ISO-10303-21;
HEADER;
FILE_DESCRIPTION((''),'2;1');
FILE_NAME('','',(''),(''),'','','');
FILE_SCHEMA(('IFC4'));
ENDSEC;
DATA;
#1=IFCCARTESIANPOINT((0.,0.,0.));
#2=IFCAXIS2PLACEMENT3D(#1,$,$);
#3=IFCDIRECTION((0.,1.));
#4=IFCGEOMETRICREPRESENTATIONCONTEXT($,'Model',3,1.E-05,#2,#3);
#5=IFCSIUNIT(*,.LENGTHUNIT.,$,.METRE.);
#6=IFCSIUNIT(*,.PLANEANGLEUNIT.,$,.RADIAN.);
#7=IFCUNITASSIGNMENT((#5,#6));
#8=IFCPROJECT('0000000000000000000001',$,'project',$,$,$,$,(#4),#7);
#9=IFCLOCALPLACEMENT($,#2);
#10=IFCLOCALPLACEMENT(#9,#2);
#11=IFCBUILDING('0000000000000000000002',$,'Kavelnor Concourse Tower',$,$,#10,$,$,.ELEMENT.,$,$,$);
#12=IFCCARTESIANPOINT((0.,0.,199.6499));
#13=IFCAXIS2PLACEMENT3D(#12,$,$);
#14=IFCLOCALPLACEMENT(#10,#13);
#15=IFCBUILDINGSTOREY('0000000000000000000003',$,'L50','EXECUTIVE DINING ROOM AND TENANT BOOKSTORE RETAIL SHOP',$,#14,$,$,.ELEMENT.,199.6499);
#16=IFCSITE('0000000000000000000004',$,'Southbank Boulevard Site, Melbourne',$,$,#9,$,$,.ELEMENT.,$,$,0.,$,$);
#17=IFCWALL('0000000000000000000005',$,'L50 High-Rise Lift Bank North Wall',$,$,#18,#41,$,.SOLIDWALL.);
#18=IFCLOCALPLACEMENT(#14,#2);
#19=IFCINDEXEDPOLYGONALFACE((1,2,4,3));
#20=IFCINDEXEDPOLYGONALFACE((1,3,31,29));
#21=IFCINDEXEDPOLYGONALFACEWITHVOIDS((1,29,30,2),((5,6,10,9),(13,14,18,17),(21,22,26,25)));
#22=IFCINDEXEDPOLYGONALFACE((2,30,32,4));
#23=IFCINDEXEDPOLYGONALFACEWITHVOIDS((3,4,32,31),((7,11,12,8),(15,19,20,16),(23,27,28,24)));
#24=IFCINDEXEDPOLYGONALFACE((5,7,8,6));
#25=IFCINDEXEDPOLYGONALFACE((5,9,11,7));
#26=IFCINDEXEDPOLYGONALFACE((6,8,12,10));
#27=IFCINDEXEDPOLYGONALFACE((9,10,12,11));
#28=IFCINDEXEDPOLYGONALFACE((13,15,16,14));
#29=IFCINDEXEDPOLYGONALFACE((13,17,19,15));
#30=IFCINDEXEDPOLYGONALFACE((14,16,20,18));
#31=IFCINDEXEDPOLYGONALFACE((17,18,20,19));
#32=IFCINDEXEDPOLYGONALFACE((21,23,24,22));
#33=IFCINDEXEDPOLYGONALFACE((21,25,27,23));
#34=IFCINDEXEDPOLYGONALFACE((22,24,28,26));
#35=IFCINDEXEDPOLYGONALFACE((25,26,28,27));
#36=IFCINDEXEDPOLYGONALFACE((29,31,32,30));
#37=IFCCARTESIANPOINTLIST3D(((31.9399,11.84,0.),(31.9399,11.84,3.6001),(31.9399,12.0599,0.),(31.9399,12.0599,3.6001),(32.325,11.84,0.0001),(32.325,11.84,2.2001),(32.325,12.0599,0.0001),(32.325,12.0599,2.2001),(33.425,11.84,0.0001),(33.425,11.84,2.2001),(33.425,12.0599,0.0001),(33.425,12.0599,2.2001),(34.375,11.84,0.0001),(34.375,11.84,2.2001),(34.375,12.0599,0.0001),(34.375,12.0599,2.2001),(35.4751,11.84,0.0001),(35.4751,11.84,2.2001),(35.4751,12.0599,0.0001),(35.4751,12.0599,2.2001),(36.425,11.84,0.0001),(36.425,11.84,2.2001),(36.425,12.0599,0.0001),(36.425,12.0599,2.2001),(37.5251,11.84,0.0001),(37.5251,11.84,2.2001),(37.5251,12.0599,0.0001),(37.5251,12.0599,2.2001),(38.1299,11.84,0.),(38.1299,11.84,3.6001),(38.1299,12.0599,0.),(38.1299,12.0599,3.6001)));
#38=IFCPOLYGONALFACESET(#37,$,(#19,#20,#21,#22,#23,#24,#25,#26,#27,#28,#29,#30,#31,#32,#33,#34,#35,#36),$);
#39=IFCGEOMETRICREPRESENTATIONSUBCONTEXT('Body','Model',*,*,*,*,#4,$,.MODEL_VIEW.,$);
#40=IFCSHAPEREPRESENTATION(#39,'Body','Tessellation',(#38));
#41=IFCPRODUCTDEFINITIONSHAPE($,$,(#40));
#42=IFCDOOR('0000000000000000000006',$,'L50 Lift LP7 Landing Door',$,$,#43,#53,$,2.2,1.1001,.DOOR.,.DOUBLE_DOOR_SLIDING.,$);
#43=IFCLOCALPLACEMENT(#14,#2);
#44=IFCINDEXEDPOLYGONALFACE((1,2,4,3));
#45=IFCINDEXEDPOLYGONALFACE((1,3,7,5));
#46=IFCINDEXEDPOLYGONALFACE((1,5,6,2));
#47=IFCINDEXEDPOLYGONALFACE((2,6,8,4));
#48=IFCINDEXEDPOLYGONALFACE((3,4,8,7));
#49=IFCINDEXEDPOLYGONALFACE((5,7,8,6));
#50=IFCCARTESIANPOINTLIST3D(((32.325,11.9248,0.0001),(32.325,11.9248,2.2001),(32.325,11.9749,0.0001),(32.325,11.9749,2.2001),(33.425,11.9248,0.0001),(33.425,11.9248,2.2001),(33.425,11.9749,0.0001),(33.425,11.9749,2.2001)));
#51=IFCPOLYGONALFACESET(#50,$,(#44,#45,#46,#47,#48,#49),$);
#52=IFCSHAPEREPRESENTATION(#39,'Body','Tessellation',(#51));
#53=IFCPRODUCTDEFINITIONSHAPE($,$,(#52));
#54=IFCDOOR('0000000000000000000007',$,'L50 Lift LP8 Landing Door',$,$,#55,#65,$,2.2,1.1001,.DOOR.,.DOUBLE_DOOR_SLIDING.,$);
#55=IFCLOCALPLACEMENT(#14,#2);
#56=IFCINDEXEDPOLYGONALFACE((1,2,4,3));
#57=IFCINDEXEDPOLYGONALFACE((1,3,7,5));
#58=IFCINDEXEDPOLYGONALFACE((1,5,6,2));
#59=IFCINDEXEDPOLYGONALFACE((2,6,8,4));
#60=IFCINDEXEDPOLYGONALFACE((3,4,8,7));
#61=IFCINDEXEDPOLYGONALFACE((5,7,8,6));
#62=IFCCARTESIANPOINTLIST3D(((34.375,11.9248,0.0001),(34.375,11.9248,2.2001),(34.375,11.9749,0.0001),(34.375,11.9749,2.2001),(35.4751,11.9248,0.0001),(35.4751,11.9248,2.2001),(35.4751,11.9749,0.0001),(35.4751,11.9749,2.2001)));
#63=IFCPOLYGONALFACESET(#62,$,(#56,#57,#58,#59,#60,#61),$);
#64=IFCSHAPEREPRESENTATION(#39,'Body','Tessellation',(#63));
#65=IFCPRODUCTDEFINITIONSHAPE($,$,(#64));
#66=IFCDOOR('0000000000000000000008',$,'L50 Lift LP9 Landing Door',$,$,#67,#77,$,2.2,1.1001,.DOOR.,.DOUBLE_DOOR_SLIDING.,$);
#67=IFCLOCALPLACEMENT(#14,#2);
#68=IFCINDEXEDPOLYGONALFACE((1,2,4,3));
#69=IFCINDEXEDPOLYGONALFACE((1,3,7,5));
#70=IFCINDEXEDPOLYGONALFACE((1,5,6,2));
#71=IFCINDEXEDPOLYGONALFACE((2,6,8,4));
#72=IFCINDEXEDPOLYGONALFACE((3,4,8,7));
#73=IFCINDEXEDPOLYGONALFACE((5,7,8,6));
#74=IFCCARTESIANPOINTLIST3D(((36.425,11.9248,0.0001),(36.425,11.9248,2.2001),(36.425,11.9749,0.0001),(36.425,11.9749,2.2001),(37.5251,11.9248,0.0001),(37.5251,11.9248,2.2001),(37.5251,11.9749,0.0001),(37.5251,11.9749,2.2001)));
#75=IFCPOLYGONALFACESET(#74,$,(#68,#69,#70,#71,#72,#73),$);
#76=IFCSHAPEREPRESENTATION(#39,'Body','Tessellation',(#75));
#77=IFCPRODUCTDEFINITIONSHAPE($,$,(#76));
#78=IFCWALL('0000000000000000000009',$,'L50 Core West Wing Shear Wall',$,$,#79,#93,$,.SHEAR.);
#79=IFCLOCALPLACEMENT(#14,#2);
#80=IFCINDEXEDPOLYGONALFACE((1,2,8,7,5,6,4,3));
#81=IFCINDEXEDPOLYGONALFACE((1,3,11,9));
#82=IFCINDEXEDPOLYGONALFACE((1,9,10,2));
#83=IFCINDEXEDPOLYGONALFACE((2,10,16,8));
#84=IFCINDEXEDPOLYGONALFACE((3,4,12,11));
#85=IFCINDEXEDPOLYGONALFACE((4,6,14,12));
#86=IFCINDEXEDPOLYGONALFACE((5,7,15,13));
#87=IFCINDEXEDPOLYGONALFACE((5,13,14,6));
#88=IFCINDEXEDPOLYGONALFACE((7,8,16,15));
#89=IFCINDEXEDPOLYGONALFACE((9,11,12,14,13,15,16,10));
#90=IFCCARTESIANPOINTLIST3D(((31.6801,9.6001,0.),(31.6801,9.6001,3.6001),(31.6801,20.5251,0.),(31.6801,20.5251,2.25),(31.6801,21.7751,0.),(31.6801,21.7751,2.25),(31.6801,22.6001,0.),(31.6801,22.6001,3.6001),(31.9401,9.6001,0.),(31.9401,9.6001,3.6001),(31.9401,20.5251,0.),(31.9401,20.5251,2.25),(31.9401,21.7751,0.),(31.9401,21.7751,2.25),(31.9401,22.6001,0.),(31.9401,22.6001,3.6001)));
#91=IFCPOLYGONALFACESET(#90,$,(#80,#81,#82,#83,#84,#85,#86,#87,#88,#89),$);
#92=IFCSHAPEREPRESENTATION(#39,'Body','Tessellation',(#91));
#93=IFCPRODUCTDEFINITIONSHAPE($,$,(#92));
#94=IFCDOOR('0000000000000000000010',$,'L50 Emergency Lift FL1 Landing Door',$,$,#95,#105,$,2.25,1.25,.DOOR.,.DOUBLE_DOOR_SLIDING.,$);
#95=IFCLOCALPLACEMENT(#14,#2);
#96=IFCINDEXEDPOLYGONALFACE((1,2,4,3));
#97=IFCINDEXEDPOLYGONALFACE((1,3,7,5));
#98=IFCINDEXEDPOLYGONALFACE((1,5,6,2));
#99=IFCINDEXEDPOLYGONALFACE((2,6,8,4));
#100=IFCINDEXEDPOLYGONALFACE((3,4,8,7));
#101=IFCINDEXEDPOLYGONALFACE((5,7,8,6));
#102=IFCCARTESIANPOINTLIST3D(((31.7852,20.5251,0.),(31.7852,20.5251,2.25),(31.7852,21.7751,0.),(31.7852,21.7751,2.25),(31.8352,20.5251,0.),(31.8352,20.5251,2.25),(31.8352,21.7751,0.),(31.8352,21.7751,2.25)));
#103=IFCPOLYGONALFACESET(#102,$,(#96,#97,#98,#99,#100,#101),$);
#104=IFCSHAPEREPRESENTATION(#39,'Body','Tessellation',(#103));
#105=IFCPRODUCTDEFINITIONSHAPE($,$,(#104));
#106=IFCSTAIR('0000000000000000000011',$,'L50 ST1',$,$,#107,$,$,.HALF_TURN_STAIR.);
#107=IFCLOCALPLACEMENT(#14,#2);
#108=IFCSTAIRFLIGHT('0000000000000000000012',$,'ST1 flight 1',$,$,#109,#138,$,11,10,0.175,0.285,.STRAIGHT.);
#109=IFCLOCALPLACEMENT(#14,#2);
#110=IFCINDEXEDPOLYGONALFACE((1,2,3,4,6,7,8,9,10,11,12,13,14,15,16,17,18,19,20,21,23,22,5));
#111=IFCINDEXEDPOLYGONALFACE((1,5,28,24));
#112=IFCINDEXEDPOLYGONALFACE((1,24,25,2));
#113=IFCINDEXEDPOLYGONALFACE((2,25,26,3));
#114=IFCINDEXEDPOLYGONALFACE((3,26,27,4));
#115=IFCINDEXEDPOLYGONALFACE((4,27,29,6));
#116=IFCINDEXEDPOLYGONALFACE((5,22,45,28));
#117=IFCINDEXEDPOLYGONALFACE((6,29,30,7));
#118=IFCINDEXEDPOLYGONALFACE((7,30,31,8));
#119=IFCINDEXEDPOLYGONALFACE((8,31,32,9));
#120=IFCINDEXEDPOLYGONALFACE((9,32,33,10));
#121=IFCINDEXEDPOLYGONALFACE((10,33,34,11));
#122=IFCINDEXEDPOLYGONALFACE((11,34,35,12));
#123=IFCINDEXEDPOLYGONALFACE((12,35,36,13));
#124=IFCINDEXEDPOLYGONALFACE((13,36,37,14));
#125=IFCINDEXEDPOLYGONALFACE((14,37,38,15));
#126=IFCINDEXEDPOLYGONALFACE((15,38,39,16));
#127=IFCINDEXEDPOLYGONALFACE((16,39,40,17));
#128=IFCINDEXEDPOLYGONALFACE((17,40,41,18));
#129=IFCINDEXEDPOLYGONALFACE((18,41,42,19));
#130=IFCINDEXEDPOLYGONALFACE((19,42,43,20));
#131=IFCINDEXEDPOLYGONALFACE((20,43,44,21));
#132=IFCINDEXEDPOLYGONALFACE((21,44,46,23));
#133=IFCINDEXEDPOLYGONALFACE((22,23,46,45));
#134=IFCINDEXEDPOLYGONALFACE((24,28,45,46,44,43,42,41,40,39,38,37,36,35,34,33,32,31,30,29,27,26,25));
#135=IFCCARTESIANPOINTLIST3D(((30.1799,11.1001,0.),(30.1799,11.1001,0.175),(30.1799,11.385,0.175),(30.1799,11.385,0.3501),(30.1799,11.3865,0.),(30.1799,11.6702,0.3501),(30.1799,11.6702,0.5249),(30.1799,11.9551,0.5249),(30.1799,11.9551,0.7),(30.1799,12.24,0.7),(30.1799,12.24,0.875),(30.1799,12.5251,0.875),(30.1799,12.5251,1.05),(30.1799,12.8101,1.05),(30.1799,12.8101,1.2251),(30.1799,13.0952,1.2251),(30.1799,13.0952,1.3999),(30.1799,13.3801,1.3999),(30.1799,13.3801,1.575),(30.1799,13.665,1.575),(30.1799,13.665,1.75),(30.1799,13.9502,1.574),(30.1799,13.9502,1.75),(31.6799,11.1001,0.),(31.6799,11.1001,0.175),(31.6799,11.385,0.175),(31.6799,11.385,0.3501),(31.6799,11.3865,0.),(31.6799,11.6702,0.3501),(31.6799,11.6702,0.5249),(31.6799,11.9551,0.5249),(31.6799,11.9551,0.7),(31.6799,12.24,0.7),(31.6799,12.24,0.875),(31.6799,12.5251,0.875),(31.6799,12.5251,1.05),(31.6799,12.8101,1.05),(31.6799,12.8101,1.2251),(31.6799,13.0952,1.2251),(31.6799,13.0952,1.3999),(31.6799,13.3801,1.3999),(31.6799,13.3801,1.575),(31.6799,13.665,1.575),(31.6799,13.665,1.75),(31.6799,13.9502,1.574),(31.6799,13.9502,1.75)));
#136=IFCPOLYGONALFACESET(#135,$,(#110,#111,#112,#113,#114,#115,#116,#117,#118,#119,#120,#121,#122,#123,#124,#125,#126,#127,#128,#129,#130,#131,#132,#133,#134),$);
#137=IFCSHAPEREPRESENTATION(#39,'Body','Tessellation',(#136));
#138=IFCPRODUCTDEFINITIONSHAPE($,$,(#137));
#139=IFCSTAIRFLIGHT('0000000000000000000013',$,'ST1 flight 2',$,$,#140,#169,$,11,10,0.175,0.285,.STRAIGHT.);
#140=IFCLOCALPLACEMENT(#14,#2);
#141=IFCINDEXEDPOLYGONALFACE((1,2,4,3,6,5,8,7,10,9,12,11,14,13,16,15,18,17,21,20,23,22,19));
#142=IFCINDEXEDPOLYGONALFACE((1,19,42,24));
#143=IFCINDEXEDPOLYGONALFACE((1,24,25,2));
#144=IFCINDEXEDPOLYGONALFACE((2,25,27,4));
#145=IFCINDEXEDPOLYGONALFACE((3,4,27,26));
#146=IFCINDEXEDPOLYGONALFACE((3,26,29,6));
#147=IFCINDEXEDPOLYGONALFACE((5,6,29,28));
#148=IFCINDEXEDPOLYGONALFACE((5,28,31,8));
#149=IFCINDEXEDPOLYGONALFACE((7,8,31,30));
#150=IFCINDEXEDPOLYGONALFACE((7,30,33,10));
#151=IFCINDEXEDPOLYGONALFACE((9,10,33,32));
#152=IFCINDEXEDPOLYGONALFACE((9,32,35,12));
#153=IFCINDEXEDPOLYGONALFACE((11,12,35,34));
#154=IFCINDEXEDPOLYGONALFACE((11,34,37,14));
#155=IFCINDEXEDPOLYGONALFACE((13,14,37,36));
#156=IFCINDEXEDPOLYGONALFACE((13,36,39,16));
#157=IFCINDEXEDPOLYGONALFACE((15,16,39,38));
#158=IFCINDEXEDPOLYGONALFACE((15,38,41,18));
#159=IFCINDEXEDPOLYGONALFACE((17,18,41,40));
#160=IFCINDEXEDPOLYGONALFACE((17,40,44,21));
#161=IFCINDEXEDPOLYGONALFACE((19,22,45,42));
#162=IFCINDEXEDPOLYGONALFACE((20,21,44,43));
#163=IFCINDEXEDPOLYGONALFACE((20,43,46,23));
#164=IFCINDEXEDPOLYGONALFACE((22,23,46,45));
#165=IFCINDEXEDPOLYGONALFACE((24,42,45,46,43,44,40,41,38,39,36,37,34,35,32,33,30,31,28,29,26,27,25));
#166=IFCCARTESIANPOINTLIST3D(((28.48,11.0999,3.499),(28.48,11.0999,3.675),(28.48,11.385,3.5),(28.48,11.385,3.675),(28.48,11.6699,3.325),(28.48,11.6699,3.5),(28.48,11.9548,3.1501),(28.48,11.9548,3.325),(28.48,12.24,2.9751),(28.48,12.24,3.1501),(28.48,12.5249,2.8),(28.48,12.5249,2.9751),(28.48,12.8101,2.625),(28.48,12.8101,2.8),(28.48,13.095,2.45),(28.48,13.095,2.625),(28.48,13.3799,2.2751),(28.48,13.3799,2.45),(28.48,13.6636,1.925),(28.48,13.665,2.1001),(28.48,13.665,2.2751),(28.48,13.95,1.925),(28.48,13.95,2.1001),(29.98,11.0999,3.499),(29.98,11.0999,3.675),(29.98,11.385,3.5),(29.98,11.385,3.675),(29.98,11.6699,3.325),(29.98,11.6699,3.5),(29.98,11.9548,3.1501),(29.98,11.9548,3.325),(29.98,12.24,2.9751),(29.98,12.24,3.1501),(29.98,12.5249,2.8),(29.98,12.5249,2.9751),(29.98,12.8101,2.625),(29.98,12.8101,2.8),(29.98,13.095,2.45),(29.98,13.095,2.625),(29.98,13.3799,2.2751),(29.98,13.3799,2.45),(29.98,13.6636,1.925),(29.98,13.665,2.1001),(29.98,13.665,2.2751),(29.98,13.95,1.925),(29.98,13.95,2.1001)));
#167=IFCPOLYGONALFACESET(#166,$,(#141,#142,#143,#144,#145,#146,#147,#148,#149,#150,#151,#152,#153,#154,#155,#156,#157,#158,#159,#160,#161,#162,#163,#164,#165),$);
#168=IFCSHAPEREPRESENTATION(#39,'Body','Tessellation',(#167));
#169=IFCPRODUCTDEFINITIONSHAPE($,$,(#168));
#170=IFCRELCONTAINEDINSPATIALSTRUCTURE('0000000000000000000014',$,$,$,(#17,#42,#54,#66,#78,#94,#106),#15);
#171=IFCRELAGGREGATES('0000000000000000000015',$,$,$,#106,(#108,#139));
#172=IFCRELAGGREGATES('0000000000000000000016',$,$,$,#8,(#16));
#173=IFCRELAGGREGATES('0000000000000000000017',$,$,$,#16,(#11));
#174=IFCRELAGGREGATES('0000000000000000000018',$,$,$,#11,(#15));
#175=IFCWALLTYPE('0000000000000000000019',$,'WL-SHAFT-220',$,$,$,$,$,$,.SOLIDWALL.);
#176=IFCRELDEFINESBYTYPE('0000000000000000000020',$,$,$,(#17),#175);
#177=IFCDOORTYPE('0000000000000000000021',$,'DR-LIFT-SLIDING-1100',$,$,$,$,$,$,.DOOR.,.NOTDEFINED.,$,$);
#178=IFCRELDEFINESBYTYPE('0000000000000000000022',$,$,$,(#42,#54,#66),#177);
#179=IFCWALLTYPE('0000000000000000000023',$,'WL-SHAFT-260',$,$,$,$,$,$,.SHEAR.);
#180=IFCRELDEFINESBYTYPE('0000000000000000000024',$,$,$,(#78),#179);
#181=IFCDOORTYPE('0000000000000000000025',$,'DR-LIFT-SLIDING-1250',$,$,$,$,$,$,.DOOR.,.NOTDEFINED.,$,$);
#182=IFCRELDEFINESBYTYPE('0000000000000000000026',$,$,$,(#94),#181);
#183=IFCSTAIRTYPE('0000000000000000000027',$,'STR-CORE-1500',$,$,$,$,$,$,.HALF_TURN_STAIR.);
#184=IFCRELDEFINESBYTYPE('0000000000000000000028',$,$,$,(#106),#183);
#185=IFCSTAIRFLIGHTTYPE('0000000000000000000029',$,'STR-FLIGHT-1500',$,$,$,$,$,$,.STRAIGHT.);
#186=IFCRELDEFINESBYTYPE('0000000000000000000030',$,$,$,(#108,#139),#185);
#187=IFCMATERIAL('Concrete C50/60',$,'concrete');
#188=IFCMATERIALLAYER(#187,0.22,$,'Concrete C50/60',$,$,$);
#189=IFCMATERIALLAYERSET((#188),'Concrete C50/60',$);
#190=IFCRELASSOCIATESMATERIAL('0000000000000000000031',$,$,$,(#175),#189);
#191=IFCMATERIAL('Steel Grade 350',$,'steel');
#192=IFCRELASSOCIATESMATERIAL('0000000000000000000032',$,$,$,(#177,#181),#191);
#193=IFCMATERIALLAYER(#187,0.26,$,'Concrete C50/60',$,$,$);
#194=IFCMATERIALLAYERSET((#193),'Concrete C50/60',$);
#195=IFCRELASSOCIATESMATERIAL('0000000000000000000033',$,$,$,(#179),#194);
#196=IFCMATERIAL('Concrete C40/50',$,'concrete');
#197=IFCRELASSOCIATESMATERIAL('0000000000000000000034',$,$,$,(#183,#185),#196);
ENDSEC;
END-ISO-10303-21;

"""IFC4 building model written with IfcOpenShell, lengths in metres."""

from ifc_helpers import new_model, si_unit, direction, frame, frame_2d, origin, place, context, subcontext, project, spatial, polyline, rectangle, outline, extrude, material, layer, layer_set, type_object, element, fill, aggregate, save


model = new_model("IFC4")

# Units and contexts
model_context = context("Model", 3, precision=1e-05, world=origin(), true_north=direction((0.0, 1.0)))
body_context = subcontext(model_context, "Body", "Model", "MODEL_VIEW")
ifc_project = project(units=[si_unit("LENGTHUNIT", "METRE"), si_unit("PLANEANGLEUNIT", "RADIAN")], contexts=[model_context])

# Site, building, storey
site_placement = place(None, origin())
site = spatial("IfcSite", under=ifc_project, at=site_placement, Name="Southbank Boulevard Site, Melbourne", CompositionType="ELEMENT", RefElevation=0.0)
building_placement = place(site_placement, origin())
building = spatial("IfcBuilding", under=site, at=building_placement, Name="Kavelnor Concourse Tower", CompositionType="ELEMENT")
storey_placement = place(building_placement, frame((0.0, 0.0, 199.6499)))
storey = spatial("IfcBuildingStorey", under=building, at=storey_placement, Name="L50", Description="EXECUTIVE DINING ROOM AND TENANT BOOKSTORE RETAIL SHOP", CompositionType="ELEMENT", Elevation=199.6499)

# Shared definitions
ifc_material_1 = material(Name="Steel Grade 350", Category="steel")

# Shared definitions
ifc_material_2 = material(Name="Concrete C50/60", Category="concrete")
ifc_layer_1 = layer(ifc_material_2, 0.22, Name="Concrete C50/60")
ifc_layer_set_1 = layer_set([ifc_layer_1], Name="Concrete C50/60")
wall_type_1 = type_object("IfcWallType", Name="WL-SHAFT-220", PredefinedType="SOLIDWALL", material=ifc_layer_set_1)

# Wall, openings, doors
wall_1_placement = place(storey_placement, frame((31.9399, 11.95, 0.0), z_axis=(0.0, 0.0, 1.0), x_axis=(1.0, 0.0, 0.0)))
wall_1 = element("IfcWall", 1, at=wall_1_placement, inside=storey, type_object=wall_type_1, Name="L50 High-Rise Lift Bank North Wall", PredefinedType="SOLIDWALL", context=body_context, shape_type="SweptSolid", body=[
    extrude(rectangle(XDim=6.1899, YDim=0.22, at=frame_2d((3.095, 0.0))), origin(), (0.0, 0.0, 1.0), 3.6001),
])
opening_1_placement = place(wall_1_placement, frame((0.385, 0.0, 0.0)))
opening_1 = element("IfcOpeningElement", 2, at=opening_1_placement, cuts=wall_1, PredefinedType="OPENING", context=body_context, shape_type="SweptSolid", body=[
    extrude(rectangle(XDim=1.1001, YDim=2.2, at=frame_2d((0.55, 1.1001))), frame((0.0, 0.1201, 0.0), z_axis=(0.0, -1.0, 0.0), x_axis=(1.0, 0.0, 0.0)), (0.0, 0.0, 1.0), 0.24),
])
opening_2_placement = place(wall_1_placement, frame((2.4351, 0.0, 0.0)))
opening_2 = element("IfcOpeningElement", 3, at=opening_2_placement, cuts=wall_1, PredefinedType="OPENING", context=body_context, shape_type="SweptSolid", body=[
    extrude(rectangle(XDim=1.1001, YDim=2.2, at=frame_2d((0.55, 1.1001))), frame((0.0, 0.1201, 0.0), z_axis=(0.0, -1.0, 0.0), x_axis=(1.0, 0.0, 0.0)), (0.0, 0.0, 1.0), 0.24),
])
opening_3_placement = place(wall_1_placement, frame((4.4851, 0.0, 0.0)))
opening_3 = element("IfcOpeningElement", 4, at=opening_3_placement, cuts=wall_1, PredefinedType="OPENING", context=body_context, shape_type="SweptSolid", body=[
    extrude(rectangle(XDim=1.1001, YDim=2.2, at=frame_2d((0.55, 1.1001))), frame((0.0, 0.1201, 0.0), z_axis=(0.0, -1.0, 0.0), x_axis=(1.0, 0.0, 0.0)), (0.0, 0.0, 1.0), 0.24),
])
door_type_1 = type_object("IfcDoorType", Name="DR-LIFT-SLIDING-1100", OperationType="NOTDEFINED", PredefinedType="DOOR", material=ifc_material_1)
door_1_placement = place(opening_1_placement, origin())
door_1 = element("IfcDoor", 5, at=door_1_placement, inside=storey, type_object=door_type_1, Name="L50 Lift LP7 Landing Door", OperationType="DOUBLE_DOOR_SLIDING", OverallHeight=2.2, OverallWidth=1.1001, PredefinedType="DOOR", context=body_context, shape_type="SweptSolid", body=[
    extrude(rectangle(XDim=1.1001, YDim=2.2, at=frame_2d((0.55, 1.1001))), frame((0.0, 0.0249, 0.0), z_axis=(0.0, -1.0, 0.0), x_axis=(1.0, 0.0, 0.0)), (0.0, 0.0, 1.0), 0.05),
])
fill(opening_1, door_1)
door_2_placement = place(opening_2_placement, origin())
door_2 = element("IfcDoor", 6, at=door_2_placement, inside=storey, type_object=door_type_1, Name="L50 Lift LP8 Landing Door", OperationType="DOUBLE_DOOR_SLIDING", OverallHeight=2.2, OverallWidth=1.1001, PredefinedType="DOOR", context=body_context, shape_type="SweptSolid", body=[
    extrude(rectangle(XDim=1.1001, YDim=2.2, at=frame_2d((0.55, 1.1001))), frame((0.0, 0.0249, 0.0), z_axis=(0.0, -1.0, 0.0), x_axis=(1.0, 0.0, 0.0)), (0.0, 0.0, 1.0), 0.05),
])
fill(opening_2, door_2)
door_3_placement = place(opening_3_placement, origin())
door_3 = element("IfcDoor", 7, at=door_3_placement, inside=storey, type_object=door_type_1, Name="L50 Lift LP9 Landing Door", OperationType="DOUBLE_DOOR_SLIDING", OverallHeight=2.2, OverallWidth=1.1001, PredefinedType="DOOR", context=body_context, shape_type="SweptSolid", body=[
    extrude(rectangle(XDim=1.1001, YDim=2.2, at=frame_2d((0.55, 1.1001))), frame((0.0, 0.0249, 0.0), z_axis=(0.0, -1.0, 0.0), x_axis=(1.0, 0.0, 0.0)), (0.0, 0.0, 1.0), 0.05),
])
fill(opening_3, door_3)

# Wall, opening, door
ifc_layer_2 = layer(ifc_material_2, 0.26, Name="Concrete C50/60")
ifc_layer_set_2 = layer_set([ifc_layer_2], Name="Concrete C50/60")
wall_type_2 = type_object("IfcWallType", Name="WL-SHAFT-260", PredefinedType="SHEAR", material=ifc_layer_set_2)
wall_2_placement = place(storey_placement, frame((31.8101, 9.6001, 0.0), z_axis=(0.0, 0.0, 1.0), x_axis=(0.0, 1.0, 0.0)))
wall_2 = element("IfcWall", 8, at=wall_2_placement, inside=storey, type_object=wall_type_2, Name="L50 Core West Wing Shear Wall", PredefinedType="SHEAR", context=body_context, shape_type="SweptSolid", body=[
    extrude(rectangle(XDim=13.0, YDim=0.26, at=frame_2d((6.5, 0.0))), origin(), (0.0, 0.0, 1.0), 3.6001),
])
opening_4_placement = place(wall_2_placement, frame((10.925, 0.0, 0.0)))
opening_4 = element("IfcOpeningElement", 9, at=opening_4_placement, cuts=wall_2, PredefinedType="OPENING", context=body_context, shape_type="SweptSolid", body=[
    extrude(rectangle(XDim=1.25, YDim=2.25, at=frame_2d((0.625, 1.125))), frame((0.0, 0.1401, 0.0), z_axis=(0.0, -1.0, 0.0), x_axis=(1.0, 0.0, 0.0)), (0.0, 0.0, 1.0), 0.28),
])
door_type_2 = type_object("IfcDoorType", Name="DR-LIFT-SLIDING-1250", OperationType="NOTDEFINED", PredefinedType="DOOR", material=ifc_material_1)
door_4_placement = place(opening_4_placement, origin())
door_4 = element("IfcDoor", 10, at=door_4_placement, inside=storey, type_object=door_type_2, Name="L50 Emergency Lift FL1 Landing Door", OperationType="DOUBLE_DOOR_SLIDING", OverallHeight=2.25, OverallWidth=1.25, PredefinedType="DOOR", context=body_context, shape_type="SweptSolid", body=[
    extrude(rectangle(XDim=1.25, YDim=2.25, at=frame_2d((0.625, 1.125))), frame((0.0, 0.0249, 0.0), z_axis=(0.0, -1.0, 0.0), x_axis=(1.0, 0.0, 0.0)), (0.0, 0.0, 1.0), 0.05),
])
fill(opening_4, door_4)

# Stair, stair flights
ifc_material_3 = material(Name="Concrete C40/50", Category="concrete")
stair_type = type_object("IfcStairType", Name="STR-CORE-1500", PredefinedType="HALF_TURN_STAIR", material=ifc_material_3)
stair_placement = place(storey_placement, origin())
stair = element("IfcStair", 11, at=stair_placement, inside=storey, type_object=stair_type, Name="L50 ST1", PredefinedType="HALF_TURN_STAIR")
stair_flight_type = type_object("IfcStairFlightType", Name="STR-FLIGHT-1500", PredefinedType="STRAIGHT", material=ifc_material_3)
stair_flight_1_placement = place(storey_placement, frame((30.9299, 11.1001, 0.0), z_axis=(0.0, 0.0, 1.0), x_axis=(0.0, 1.0, 0.0)))
stair_flight_1 = element("IfcStairFlight", 12, at=stair_flight_1_placement, type_object=stair_flight_type, Name="ST1 flight 1", NumberOfRisers=11, NumberOfTreads=10, PredefinedType="STRAIGHT", RiserHeight=0.175, TreadLength=0.285, context=body_context, shape_type="SweptSolid", body=[
    extrude(outline(polyline([(0.0, 0.0), (0.0, 0.175), (0.2849, 0.175), (0.2849, 0.3501), (0.5701, 0.3501), (0.5701, 0.5249), (0.855, 0.5249), (0.855, 0.7), (1.1399, 0.7), (1.1399, 0.875), (1.425, 0.875), (1.425, 1.05), (1.71, 1.05), (1.71, 1.2251), (1.9951, 1.2251), (1.9951, 1.3999), (2.28, 1.3999), (2.28, 1.575), (2.5649, 1.575), (2.5649, 1.75), (2.8501, 1.75), (2.8501, 1.925), (2.8501, 1.574), (0.2864, 0.0), (0.0, 0.0)])), frame((0.0, 0.75, 0.0), z_axis=(0.0, -1.0, 0.0), x_axis=(1.0, 0.0, 0.0)), (0.0, 0.0, 1.0), 1.5),
])
stair_flight_2_placement = place(storey_placement, frame((29.23, 13.95, 1.925), z_axis=(0.0, 0.0, 1.0), x_axis=(0.0, -1.0, 0.0)))
stair_flight_2 = element("IfcStairFlight", 13, at=stair_flight_2_placement, type_object=stair_flight_type, Name="ST1 flight 2", NumberOfRisers=11, NumberOfTreads=10, PredefinedType="STRAIGHT", RiserHeight=0.175, TreadLength=0.285, context=body_context, shape_type="SweptSolid", body=[
    extrude(outline(polyline([(0.0, 0.0), (0.0, 0.175), (0.2849, 0.175), (0.2849, 0.3501), (0.5701, 0.3501), (0.5701, 0.5249), (0.855, 0.5249), (0.855, 0.7), (1.1399, 0.7), (1.1399, 0.875), (1.425, 0.875), (1.425, 1.05), (1.71, 1.05), (1.71, 1.2251), (1.9951, 1.2251), (1.9951, 1.3999), (2.28, 1.3999), (2.28, 1.575), (2.5649, 1.575), (2.5649, 1.75), (2.8501, 1.75), (2.8501, 1.925), (2.8501, 1.574), (0.2864, 0.0), (0.0, 0.0)])), frame((0.0, 0.75, 0.0), z_axis=(0.0, -1.0, 0.0), x_axis=(1.0, 0.0, 0.0)), (0.0, 0.0, 1.0), 1.5),
])
aggregate(stair, [stair_flight_1, stair_flight_2])

save(model, "model.ifc")
